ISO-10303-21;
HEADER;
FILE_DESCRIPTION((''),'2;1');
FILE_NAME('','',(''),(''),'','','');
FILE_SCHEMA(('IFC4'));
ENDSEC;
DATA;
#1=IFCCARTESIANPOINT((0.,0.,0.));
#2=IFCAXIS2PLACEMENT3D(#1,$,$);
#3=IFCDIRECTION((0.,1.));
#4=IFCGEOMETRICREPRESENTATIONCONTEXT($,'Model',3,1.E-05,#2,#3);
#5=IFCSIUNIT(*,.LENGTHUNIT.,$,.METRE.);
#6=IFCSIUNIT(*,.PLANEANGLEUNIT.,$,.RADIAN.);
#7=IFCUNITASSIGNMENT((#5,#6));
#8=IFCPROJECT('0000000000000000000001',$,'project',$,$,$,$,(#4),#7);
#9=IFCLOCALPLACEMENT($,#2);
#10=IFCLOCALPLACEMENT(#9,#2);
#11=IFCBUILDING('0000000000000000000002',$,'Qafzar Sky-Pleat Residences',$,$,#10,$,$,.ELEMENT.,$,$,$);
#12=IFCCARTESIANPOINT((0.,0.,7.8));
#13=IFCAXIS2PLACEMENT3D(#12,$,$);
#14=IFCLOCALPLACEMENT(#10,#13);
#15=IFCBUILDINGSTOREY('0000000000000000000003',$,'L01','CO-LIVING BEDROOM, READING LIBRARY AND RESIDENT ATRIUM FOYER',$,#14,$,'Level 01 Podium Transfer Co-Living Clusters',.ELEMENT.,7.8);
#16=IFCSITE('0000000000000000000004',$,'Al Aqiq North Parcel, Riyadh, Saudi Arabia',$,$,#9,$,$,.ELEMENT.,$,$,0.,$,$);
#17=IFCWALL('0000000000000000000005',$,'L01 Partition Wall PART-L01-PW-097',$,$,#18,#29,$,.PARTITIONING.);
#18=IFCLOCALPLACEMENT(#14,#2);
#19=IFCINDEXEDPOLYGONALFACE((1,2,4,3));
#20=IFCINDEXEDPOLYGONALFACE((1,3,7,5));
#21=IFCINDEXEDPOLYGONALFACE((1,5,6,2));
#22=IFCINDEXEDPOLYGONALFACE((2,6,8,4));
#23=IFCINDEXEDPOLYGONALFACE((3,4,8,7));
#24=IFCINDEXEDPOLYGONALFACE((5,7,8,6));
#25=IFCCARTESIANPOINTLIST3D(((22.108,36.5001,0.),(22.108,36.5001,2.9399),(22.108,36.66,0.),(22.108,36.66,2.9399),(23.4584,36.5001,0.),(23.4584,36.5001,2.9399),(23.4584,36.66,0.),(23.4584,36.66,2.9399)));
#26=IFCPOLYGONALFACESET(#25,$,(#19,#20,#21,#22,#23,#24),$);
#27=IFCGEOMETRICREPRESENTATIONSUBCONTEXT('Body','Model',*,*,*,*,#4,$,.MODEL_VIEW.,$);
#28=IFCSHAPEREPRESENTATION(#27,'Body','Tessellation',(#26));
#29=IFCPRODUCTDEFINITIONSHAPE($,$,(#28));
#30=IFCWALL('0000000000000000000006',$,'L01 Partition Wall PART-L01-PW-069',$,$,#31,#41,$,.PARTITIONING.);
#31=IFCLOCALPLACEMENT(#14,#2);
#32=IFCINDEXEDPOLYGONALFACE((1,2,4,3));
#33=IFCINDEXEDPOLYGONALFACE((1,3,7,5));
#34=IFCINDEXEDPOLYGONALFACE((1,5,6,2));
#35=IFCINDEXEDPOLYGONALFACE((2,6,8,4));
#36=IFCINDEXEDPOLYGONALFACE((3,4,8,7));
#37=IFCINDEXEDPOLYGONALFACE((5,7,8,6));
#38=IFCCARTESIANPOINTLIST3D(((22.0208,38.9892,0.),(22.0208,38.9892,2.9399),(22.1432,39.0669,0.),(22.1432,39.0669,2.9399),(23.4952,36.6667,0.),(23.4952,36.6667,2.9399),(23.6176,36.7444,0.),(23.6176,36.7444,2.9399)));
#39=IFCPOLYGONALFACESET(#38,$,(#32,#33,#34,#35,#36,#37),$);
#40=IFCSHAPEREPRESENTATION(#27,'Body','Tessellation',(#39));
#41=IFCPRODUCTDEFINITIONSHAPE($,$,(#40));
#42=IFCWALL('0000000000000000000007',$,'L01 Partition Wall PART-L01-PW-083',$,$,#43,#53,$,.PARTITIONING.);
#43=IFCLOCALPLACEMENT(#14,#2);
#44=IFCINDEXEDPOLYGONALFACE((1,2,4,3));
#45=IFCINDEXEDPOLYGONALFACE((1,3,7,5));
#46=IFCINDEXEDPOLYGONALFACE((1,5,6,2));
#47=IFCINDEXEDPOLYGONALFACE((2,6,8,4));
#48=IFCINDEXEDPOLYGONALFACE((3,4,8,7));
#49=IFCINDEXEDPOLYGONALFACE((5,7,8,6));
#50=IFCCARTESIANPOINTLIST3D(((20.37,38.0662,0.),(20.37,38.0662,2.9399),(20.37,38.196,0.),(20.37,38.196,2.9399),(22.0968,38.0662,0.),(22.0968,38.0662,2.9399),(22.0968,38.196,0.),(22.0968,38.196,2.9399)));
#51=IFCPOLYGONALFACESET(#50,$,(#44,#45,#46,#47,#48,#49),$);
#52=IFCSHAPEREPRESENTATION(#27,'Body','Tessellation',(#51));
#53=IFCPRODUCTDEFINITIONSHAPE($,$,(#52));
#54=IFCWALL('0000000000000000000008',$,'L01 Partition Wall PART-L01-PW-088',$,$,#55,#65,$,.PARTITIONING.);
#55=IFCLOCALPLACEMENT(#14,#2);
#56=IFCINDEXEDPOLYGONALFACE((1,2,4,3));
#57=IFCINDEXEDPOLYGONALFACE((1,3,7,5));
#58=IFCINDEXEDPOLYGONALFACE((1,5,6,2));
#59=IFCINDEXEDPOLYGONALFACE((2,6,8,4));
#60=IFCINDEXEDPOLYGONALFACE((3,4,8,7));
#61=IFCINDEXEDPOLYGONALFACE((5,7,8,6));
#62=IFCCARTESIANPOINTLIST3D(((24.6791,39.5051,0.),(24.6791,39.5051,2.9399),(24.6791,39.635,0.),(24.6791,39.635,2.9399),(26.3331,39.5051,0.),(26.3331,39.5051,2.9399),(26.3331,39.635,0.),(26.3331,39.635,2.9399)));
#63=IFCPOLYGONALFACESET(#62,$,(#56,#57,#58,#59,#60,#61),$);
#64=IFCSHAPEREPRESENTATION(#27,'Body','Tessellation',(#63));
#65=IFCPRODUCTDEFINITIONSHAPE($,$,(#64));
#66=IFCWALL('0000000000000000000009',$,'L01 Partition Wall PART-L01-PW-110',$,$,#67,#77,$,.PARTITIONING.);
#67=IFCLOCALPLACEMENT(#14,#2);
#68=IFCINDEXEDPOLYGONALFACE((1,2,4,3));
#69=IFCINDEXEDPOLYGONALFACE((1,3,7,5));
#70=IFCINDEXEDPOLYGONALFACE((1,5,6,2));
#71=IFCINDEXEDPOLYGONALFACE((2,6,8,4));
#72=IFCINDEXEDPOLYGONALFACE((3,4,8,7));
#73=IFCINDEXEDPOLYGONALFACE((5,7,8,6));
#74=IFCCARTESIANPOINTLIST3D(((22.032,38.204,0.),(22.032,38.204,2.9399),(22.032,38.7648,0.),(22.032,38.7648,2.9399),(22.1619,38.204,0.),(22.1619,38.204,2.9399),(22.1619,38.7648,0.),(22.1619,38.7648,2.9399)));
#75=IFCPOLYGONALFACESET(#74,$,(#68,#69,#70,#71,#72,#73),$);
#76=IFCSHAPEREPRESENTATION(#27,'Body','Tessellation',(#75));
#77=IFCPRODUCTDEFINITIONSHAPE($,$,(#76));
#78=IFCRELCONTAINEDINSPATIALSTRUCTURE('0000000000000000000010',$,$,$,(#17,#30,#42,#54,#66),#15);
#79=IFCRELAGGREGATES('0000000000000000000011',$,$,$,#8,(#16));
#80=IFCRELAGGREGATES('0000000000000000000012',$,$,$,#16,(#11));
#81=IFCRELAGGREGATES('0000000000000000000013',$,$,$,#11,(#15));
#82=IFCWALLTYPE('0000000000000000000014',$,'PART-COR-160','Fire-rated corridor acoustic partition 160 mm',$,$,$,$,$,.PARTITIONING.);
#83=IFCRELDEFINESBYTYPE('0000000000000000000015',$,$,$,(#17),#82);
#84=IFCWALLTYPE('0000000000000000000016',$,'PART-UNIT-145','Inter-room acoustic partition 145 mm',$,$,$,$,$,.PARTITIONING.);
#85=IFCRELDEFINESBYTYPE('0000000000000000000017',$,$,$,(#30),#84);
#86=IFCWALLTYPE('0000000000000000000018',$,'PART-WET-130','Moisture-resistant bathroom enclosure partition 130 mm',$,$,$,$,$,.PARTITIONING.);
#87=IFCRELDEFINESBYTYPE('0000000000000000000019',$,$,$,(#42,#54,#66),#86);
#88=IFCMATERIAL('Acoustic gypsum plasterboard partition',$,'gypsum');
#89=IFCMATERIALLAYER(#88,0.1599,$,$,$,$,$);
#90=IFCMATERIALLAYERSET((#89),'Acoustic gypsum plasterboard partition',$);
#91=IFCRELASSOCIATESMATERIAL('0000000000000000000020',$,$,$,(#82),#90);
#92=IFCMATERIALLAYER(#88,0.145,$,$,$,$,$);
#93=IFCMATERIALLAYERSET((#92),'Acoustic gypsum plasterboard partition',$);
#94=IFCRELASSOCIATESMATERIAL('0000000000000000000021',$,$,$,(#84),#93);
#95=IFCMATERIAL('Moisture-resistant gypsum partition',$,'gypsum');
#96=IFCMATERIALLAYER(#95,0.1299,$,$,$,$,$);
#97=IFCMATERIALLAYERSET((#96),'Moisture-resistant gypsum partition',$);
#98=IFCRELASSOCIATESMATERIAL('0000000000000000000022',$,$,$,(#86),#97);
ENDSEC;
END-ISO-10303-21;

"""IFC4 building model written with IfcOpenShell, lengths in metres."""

from ifc_helpers import new_model, si_unit, direction, frame, frame_2d, origin, place, context, subcontext, project, spatial, rectangle, extrude, material, layer, layer_set, type_object, element, save


model = new_model("IFC4")

# Units and contexts
model_context = context("Model", 3, precision=1e-05, world=origin(), true_north=direction((0.0, 1.0)))
body_context = subcontext(model_context, "Body", "Model", "MODEL_VIEW")
ifc_project = project(units=[si_unit("LENGTHUNIT", "METRE"), si_unit("PLANEANGLEUNIT", "RADIAN")], contexts=[model_context])

# Site, building, storey
site_placement = place(None, origin())
site = spatial("IfcSite", under=ifc_project, at=site_placement, Name="Al Aqiq North Parcel, Riyadh, Saudi Arabia", CompositionType="ELEMENT", RefElevation=0.0)
building_placement = place(site_placement, origin())
building = spatial("IfcBuilding", under=site, at=building_placement, Name="Qafzar Sky-Pleat Residences", CompositionType="ELEMENT")
storey_placement = place(building_placement, frame((0.0, 0.0, 7.8)))
storey = spatial("IfcBuildingStorey", under=building, at=storey_placement, Name="L01", Description="CO-LIVING BEDROOM, READING LIBRARY AND RESIDENT ATRIUM FOYER", LongName="Level 01 Podium Transfer Co-Living Clusters", CompositionType="ELEMENT", Elevation=7.8)

# Shared definitions
ifc_material_1 = material(Name="Acoustic gypsum plasterboard partition", Category="gypsum")
ifc_layer_1 = layer(ifc_material_1, 0.1599)
ifc_layer_set_1 = layer_set([ifc_layer_1], Name="Acoustic gypsum plasterboard partition")
wall_type_1 = type_object("IfcWallType", Name="PART-COR-160", Description="Fire-rated corridor acoustic partition 160 mm", PredefinedType="PARTITIONING", material=ifc_layer_set_1)

# Walls
wall_1_placement = place(storey_placement, frame((22.1079, 36.5801, 0.0), z_axis=(0.0, 0.0, 1.0), x_axis=(1.0, 0.0, 0.0)))
element("IfcWall", 1, at=wall_1_placement, inside=storey, type_object=wall_type_1, Name="L01 Partition Wall PART-L01-PW-097", PredefinedType="PARTITIONING", context=body_context, shape_type="SweptSolid", body=[
    extrude(rectangle(XDim=1.3503, YDim=0.1599, at=frame_2d((0.6753, 0.0))), origin(), (0.0, 0.0, 1.0), 2.9399),
])
ifc_layer_2 = layer(ifc_material_1, 0.145)
ifc_layer_set_2 = layer_set([ifc_layer_2], Name="Acoustic gypsum plasterboard partition")
wall_type_2 = type_object("IfcWallType", Name="PART-UNIT-145", Description="Inter-room acoustic partition 145 mm", PredefinedType="PARTITIONING", material=ifc_layer_set_2)
wall_2_placement = place(storey_placement, frame((22.082, 39.0281, 0.0), z_axis=(0.0, 0.0, 1.0), x_axis=(0.535945, -0.844253, 0.0)))
element("IfcWall", 2, at=wall_2_placement, inside=storey, type_object=wall_type_2, Name="L01 Partition Wall PART-L01-PW-069", PredefinedType="PARTITIONING", context=body_context, shape_type="SweptSolid", body=[
    extrude(rectangle(XDim=2.751, YDim=0.145, at=frame_2d((1.3755, 0.0))), origin(), (0.0, 0.0, 1.0), 2.9399),
])
ifc_material_2 = material(Name="Moisture-resistant gypsum partition", Category="gypsum")
ifc_layer_3 = layer(ifc_material_2, 0.1299)
ifc_layer_set_3 = layer_set([ifc_layer_3], Name="Moisture-resistant gypsum partition")
wall_type_3 = type_object("IfcWallType", Name="PART-WET-130", Description="Moisture-resistant bathroom enclosure partition 130 mm", PredefinedType="PARTITIONING", material=ifc_layer_set_3)
wall_3_placement = place(storey_placement, frame((20.3701, 38.1311, 0.0), z_axis=(0.0, 0.0, 1.0), x_axis=(1.0, 0.0, 0.0)))
element("IfcWall", 3, at=wall_3_placement, inside=storey, type_object=wall_type_3, Name="L01 Partition Wall PART-L01-PW-083", PredefinedType="PARTITIONING", context=body_context, shape_type="SweptSolid", body=[
    extrude(rectangle(XDim=1.7268, YDim=0.1299, at=frame_2d((0.8633, 0.0))), origin(), (0.0, 0.0, 1.0), 2.9399),
])
wall_4_placement = place(storey_placement, frame((24.679, 39.5701, 0.0), z_axis=(0.0, 0.0, 1.0), x_axis=(1.0, 0.0, 0.0)))
element("IfcWall", 4, at=wall_4_placement, inside=storey, type_object=wall_type_3, Name="L01 Partition Wall PART-L01-PW-088", PredefinedType="PARTITIONING", context=body_context, shape_type="SweptSolid", body=[
    extrude(rectangle(XDim=1.6541, YDim=0.1299, at=frame_2d((0.8271, 0.0))), origin(), (0.0, 0.0, 1.0), 2.9399),
])
wall_5_placement = place(storey_placement, frame((22.0969, 38.2041, 0.0), z_axis=(0.0, 0.0, 1.0), x_axis=(0.0, 1.0, 0.0)))
element("IfcWall", 5, at=wall_5_placement, inside=storey, type_object=wall_type_3, Name="L01 Partition Wall PART-L01-PW-110", PredefinedType="PARTITIONING", context=body_context, shape_type="SweptSolid", body=[
    extrude(rectangle(XDim=0.5608, YDim=0.1299, at=frame_2d((0.2803, 0.0))), origin(), (0.0, 0.0, 1.0), 2.9399),
])

save(model, "model.ifc")
